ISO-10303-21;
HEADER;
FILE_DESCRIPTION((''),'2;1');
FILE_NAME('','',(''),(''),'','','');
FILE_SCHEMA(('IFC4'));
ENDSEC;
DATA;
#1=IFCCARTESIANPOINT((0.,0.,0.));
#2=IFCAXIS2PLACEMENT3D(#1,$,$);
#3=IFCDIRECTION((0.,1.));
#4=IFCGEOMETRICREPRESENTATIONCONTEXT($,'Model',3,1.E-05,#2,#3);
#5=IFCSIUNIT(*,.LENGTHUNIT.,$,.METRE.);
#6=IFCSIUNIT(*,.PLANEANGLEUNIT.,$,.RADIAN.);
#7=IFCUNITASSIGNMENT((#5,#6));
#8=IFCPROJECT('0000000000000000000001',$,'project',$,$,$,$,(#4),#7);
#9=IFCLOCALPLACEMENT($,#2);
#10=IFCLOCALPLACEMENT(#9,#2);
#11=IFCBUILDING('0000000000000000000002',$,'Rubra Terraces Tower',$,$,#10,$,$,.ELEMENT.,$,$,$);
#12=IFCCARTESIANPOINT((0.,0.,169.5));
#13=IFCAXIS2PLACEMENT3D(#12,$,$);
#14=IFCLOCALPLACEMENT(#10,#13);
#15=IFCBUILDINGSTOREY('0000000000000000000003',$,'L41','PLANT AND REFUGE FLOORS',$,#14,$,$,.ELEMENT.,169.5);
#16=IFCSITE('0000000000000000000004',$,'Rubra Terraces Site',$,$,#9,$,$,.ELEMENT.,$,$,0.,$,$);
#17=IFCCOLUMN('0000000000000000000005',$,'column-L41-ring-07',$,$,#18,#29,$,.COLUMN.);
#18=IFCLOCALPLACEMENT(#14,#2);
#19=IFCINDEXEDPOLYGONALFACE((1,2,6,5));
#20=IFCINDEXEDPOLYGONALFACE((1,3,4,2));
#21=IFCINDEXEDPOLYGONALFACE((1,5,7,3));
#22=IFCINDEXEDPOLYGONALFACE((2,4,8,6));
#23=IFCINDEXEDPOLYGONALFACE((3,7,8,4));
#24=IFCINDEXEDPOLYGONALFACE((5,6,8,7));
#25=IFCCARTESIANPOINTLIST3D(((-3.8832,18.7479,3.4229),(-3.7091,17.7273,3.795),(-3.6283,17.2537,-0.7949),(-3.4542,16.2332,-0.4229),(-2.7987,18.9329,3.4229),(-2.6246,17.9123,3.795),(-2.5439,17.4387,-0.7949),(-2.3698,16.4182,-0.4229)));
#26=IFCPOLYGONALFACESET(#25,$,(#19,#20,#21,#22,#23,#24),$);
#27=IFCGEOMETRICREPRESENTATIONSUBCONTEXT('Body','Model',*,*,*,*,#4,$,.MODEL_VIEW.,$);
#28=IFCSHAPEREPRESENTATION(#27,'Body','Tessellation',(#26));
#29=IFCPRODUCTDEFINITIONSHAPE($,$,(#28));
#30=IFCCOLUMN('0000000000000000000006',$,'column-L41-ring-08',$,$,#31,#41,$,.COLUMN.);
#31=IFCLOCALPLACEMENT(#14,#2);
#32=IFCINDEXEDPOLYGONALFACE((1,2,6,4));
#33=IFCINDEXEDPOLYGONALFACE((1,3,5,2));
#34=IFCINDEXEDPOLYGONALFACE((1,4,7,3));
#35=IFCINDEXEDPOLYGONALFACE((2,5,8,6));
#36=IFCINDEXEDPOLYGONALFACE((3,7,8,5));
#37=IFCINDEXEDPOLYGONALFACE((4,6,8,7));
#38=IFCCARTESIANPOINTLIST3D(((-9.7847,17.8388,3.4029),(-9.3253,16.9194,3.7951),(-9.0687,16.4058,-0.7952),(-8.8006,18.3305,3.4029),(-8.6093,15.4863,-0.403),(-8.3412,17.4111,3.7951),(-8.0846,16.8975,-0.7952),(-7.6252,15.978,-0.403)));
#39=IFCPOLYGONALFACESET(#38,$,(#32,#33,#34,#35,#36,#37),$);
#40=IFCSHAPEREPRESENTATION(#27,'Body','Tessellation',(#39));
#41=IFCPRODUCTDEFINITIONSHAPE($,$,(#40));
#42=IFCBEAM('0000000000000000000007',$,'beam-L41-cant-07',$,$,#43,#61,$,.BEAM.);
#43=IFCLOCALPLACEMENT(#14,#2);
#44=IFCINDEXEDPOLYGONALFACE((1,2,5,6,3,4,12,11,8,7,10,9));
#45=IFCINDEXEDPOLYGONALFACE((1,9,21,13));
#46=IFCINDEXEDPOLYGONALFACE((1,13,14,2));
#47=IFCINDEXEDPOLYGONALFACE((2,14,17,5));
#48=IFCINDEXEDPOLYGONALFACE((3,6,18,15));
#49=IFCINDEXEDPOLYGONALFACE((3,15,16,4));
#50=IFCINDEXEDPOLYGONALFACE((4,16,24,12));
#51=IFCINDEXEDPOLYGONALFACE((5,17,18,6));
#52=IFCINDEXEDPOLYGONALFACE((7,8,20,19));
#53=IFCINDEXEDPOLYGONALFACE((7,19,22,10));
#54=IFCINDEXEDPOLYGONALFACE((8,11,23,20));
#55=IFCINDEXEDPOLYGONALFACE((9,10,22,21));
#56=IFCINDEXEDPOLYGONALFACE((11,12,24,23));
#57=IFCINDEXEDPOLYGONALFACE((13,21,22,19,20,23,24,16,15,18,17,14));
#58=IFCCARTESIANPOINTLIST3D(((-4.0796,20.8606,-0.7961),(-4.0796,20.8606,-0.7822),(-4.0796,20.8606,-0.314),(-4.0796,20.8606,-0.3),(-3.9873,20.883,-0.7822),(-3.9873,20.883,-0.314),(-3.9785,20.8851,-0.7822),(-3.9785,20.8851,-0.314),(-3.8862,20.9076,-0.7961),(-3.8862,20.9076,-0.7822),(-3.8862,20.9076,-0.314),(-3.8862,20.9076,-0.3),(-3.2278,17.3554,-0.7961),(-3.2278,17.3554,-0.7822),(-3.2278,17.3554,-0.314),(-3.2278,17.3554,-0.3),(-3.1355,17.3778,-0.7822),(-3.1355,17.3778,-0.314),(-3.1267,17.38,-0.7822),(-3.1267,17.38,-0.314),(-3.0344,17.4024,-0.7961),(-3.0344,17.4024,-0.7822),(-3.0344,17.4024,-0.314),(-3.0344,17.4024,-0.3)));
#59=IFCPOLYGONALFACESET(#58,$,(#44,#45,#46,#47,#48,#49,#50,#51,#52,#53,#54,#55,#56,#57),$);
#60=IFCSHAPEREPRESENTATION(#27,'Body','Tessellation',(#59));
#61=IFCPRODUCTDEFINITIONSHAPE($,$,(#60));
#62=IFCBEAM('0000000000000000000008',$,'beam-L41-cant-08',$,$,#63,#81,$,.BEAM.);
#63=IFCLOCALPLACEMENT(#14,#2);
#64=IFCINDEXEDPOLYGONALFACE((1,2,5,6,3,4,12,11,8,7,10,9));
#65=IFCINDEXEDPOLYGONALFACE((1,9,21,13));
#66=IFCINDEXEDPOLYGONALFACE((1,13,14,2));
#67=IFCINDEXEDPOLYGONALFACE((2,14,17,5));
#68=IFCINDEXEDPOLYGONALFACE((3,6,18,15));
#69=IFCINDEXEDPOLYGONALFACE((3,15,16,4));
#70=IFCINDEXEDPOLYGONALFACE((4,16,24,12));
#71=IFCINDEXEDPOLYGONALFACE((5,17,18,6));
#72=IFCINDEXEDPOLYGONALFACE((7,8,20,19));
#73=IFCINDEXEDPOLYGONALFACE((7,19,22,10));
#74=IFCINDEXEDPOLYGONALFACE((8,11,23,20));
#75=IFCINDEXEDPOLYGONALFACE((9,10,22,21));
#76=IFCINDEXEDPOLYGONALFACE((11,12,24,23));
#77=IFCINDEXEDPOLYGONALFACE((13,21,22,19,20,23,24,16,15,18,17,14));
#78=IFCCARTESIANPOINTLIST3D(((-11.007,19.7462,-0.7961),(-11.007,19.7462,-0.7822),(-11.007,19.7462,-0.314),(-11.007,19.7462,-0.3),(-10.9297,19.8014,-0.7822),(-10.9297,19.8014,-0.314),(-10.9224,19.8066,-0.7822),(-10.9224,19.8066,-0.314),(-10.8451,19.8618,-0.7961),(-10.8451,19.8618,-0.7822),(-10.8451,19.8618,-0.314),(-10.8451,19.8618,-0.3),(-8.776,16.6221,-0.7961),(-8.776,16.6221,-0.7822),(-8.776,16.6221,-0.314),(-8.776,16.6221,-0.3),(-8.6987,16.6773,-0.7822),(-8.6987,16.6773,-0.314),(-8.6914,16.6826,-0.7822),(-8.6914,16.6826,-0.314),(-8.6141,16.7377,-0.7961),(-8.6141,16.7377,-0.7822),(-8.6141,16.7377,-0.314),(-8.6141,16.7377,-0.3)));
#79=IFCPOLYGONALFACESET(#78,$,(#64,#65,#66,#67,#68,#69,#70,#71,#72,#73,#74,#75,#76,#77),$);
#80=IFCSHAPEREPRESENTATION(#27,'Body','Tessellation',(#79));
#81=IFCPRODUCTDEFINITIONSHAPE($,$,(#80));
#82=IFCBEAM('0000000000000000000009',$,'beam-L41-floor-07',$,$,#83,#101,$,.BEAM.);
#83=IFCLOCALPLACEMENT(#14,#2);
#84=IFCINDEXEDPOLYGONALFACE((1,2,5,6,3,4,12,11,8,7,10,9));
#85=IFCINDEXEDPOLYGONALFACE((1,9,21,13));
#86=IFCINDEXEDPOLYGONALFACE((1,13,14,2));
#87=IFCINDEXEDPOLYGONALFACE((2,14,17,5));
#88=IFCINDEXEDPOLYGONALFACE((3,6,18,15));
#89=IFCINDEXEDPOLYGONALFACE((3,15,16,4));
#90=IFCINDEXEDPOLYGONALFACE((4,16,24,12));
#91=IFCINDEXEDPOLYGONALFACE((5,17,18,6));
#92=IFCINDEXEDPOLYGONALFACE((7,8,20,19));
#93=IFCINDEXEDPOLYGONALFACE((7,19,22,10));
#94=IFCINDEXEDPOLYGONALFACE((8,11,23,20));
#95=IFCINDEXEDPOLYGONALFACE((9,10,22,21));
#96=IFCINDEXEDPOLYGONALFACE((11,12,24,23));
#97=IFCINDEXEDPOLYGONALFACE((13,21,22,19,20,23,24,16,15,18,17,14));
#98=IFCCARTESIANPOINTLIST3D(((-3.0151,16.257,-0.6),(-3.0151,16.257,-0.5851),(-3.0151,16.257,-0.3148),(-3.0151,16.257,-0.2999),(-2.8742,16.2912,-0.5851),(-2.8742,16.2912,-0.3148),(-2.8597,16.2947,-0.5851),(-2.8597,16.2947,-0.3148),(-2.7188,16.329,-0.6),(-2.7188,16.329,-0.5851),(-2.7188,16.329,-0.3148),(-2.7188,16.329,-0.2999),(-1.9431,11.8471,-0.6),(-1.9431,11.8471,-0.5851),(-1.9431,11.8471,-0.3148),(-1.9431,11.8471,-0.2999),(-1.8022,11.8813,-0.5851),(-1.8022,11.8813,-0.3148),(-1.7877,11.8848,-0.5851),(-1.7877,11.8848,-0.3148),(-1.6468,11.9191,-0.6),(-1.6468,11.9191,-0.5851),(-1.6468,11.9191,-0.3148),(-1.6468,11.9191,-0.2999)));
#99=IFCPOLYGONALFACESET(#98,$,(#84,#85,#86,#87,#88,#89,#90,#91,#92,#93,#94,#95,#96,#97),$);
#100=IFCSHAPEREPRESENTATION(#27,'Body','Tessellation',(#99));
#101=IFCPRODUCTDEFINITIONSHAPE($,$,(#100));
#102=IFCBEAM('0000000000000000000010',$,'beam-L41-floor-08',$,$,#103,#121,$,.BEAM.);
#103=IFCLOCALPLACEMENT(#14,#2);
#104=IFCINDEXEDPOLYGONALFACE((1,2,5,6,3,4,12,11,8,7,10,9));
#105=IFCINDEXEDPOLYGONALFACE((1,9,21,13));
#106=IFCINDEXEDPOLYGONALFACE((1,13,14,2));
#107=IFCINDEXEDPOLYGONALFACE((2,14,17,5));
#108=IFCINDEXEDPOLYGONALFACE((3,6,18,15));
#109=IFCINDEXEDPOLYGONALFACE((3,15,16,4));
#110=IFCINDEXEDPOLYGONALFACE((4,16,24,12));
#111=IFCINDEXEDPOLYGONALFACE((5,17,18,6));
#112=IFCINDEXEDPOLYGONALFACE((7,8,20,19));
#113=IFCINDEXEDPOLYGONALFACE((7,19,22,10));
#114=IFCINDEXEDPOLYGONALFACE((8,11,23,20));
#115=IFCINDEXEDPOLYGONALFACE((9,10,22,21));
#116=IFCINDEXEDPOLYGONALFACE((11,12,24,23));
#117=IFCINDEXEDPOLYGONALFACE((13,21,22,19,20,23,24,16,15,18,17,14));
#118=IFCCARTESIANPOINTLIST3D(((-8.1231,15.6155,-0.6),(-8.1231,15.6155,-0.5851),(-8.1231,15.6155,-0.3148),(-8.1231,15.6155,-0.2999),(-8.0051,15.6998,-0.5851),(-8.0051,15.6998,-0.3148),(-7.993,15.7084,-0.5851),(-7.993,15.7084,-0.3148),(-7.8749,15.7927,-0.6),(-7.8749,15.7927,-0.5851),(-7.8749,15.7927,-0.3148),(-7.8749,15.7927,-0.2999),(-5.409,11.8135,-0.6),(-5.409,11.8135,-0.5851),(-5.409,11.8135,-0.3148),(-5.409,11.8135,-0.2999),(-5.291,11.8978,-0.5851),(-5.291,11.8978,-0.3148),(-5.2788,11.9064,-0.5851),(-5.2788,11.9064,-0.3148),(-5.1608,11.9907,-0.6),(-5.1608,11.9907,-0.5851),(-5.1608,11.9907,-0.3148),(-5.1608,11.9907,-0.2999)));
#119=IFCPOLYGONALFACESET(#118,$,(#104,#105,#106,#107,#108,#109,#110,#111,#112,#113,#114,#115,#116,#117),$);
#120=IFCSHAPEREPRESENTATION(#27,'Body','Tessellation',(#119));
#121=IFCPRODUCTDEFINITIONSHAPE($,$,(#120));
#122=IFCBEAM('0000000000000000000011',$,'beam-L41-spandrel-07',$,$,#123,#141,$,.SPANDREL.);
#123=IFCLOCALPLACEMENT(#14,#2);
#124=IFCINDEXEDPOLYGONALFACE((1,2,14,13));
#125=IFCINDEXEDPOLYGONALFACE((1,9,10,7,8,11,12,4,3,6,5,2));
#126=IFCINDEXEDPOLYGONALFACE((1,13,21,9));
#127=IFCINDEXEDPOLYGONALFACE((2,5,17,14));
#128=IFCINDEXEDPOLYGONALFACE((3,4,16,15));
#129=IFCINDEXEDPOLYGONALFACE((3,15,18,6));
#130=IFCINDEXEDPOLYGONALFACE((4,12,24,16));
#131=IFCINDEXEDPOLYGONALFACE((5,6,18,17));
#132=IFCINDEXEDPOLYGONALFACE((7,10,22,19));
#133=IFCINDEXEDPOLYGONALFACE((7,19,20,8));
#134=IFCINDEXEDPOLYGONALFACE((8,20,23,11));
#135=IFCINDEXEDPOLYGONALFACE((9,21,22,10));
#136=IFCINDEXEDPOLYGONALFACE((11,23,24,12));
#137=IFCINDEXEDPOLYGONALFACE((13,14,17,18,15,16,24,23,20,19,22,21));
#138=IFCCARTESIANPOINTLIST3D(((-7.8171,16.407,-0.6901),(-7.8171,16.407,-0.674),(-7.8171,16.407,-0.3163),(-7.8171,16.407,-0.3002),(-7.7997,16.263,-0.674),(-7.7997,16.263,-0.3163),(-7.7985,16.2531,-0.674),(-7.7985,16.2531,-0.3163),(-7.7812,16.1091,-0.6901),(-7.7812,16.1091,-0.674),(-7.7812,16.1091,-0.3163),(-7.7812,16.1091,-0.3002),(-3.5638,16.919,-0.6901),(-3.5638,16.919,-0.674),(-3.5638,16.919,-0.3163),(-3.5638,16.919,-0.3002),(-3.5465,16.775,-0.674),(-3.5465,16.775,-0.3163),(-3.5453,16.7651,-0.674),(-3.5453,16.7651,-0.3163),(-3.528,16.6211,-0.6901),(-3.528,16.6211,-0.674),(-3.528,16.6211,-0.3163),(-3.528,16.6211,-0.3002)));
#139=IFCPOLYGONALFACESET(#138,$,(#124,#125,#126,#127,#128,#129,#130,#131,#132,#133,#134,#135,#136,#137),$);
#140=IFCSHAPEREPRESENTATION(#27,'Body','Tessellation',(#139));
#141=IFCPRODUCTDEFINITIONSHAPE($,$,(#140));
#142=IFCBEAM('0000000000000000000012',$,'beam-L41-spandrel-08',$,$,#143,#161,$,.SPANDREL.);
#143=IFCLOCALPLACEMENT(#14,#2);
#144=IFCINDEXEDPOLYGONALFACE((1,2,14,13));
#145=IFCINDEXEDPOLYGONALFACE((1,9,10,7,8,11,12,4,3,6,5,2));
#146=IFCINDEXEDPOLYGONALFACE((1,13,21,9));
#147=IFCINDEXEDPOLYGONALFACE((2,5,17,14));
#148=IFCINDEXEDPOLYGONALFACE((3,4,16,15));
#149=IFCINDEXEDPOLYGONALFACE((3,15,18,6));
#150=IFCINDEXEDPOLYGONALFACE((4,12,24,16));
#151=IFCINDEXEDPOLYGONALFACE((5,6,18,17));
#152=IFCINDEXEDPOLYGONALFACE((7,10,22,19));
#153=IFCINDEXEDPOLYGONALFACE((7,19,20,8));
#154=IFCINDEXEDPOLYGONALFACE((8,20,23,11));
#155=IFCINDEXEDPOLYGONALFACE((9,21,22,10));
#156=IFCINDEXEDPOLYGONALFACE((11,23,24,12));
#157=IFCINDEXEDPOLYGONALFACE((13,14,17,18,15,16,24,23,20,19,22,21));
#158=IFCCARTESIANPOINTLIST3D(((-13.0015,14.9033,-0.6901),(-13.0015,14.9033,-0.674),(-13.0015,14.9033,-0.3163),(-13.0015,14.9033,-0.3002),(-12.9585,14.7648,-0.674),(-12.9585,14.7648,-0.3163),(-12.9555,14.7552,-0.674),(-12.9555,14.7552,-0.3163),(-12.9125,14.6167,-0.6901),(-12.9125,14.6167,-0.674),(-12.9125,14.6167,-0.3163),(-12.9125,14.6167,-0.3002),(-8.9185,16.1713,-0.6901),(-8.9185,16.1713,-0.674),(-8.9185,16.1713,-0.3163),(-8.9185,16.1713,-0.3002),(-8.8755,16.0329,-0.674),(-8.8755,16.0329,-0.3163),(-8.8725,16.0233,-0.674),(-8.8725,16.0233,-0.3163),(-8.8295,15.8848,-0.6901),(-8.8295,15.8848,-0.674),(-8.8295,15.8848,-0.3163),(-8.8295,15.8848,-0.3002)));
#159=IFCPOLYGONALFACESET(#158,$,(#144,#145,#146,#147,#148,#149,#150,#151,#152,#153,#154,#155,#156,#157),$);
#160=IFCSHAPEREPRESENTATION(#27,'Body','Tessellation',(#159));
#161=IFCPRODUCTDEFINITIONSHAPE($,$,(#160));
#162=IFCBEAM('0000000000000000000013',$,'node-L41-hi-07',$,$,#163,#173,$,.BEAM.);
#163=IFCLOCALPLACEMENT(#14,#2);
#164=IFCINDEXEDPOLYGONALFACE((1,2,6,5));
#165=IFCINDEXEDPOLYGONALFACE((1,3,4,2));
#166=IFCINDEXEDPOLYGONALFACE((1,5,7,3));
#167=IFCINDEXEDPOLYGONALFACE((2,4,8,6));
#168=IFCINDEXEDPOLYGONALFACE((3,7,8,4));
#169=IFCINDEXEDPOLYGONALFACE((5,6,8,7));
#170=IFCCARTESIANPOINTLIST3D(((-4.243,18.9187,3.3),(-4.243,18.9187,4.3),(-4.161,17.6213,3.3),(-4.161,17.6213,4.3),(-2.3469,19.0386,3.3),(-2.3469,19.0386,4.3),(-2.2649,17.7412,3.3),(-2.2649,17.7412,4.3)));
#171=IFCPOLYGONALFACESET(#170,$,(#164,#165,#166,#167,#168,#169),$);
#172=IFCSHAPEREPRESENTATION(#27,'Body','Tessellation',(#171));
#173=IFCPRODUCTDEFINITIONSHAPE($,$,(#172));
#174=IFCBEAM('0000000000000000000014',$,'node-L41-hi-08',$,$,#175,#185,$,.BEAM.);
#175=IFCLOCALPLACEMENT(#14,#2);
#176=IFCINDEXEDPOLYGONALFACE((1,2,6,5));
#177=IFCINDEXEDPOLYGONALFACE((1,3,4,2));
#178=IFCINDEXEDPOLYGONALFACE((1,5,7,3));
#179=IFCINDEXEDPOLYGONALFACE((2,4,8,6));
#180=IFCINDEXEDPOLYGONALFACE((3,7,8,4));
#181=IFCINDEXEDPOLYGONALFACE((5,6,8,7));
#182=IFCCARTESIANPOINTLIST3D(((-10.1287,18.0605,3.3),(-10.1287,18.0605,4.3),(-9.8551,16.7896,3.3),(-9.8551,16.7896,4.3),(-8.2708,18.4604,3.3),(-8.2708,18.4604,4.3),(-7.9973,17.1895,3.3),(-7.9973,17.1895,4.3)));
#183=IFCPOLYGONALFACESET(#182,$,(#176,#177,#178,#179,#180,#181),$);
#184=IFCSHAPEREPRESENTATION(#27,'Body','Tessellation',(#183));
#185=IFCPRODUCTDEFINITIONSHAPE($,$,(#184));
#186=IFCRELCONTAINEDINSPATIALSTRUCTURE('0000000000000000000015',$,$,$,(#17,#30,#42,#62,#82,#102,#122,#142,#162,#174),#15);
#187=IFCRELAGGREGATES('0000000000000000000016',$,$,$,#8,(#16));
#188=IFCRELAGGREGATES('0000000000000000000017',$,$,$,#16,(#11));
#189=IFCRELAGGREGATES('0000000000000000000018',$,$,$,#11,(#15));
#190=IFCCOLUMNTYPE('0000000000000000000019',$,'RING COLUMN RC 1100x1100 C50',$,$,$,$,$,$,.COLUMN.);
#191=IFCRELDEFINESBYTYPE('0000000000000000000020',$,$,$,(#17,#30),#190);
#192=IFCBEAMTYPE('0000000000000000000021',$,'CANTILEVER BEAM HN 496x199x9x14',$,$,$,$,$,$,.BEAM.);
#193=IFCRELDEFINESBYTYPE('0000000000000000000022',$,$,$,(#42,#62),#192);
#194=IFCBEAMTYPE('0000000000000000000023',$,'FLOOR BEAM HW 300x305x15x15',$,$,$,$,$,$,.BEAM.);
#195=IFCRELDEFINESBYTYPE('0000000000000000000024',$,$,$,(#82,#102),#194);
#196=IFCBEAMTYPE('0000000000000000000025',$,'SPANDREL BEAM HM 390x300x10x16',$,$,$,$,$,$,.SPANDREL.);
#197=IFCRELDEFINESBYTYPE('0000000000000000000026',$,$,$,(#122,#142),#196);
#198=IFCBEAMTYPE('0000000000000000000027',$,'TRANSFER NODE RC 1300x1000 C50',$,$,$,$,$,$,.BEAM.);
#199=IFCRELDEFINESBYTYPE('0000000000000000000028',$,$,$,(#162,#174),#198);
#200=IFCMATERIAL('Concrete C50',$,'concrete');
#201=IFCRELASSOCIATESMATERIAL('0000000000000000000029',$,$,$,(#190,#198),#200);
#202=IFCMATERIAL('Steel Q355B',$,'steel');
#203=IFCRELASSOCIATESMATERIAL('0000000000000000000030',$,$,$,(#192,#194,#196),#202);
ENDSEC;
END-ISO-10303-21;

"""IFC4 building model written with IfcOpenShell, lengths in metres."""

from ifc_helpers import new_model, si_unit, direction, frame, origin, origin_2d, place, context, subcontext, project, spatial, rectangle, i_section, extrude, material, material_profile, profile_set, type_object, element, save


model = new_model("IFC4")

# Units and contexts
model_context = context("Model", 3, precision=1e-05, world=origin(), true_north=direction((0.0, 1.0)))
body_context = subcontext(model_context, "Body", "Model", "MODEL_VIEW")
ifc_project = project(units=[si_unit("LENGTHUNIT", "METRE"), si_unit("PLANEANGLEUNIT", "RADIAN")], contexts=[model_context])

# Site, building, storey
site_placement = place(None, origin())
site = spatial("IfcSite", under=ifc_project, at=site_placement, Name="Rubra Terraces Site", CompositionType="ELEMENT", RefElevation=0.0)
building_placement = place(site_placement, origin())
building = spatial("IfcBuilding", under=site, at=building_placement, Name="Rubra Terraces Tower", CompositionType="ELEMENT")
storey_placement = place(building_placement, frame((0.0, 0.0, 169.5)))
storey = spatial("IfcBuildingStorey", under=building, at=storey_placement, Name="L41", Description="PLANT AND REFUGE FLOORS", CompositionType="ELEMENT", Elevation=169.5)

# Columns
ifc_material_1 = material(Name="Concrete C50", Category="concrete")
ifc_material_profile_1 = material_profile(ifc_material_1, rectangle(XDim=1.1001, YDim=1.1001, at=origin_2d()), Name="RC 1100x1100")
ifc_profile_set_1 = profile_set([ifc_material_profile_1], Name="Concrete C50")
column_type = type_object("IfcColumnType", Name="RING COLUMN RC 1100x1100 C50", PredefinedType="COLUMN", material=ifc_profile_set_1)
column_1_placement = place(storey_placement, frame((-2.999, 16.8359, -0.6089), z_axis=(-0.05687, 0.333375, 0.941077), x_axis=(-0.98576, -0.168159, 0.0)))
element("IfcColumn", 1, at=column_1_placement, inside=storey, type_object=column_type, Name="column-L41-ring-07", PredefinedType="COLUMN", context=body_context, shape_type="SweptSolid", body=[
    extrude(rectangle(XDim=1.1001, YDim=1.1001, at=origin_2d()), origin(), (0.0, 0.0, 1.0), 4.4819),
])
column_2_placement = place(storey_placement, frame((-8.3469, 16.1919, -0.5991), z_axis=(-0.159355, 0.318927, 0.934287), x_axis=(-0.894549, -0.44697, 0.0)))
element("IfcColumn", 2, at=column_2_placement, inside=storey, type_object=column_type, Name="column-L41-ring-08", PredefinedType="COLUMN", context=body_context, shape_type="SweptSolid", body=[
    extrude(rectangle(XDim=1.1001, YDim=1.1001, at=origin_2d()), origin(), (0.0, 0.0, 1.0), 4.4934),
])

# Beams
ifc_material_2 = material(Name="Steel Q355B", Category="steel")
ifc_material_profile_2 = material_profile(ifc_material_2, i_section(OverallWidth=0.199, OverallDepth=0.4961, WebThickness=0.009, FlangeThickness=0.0139, at=origin_2d()), Name="HN 496x199x9x14")
ifc_profile_set_2 = profile_set([ifc_material_profile_2], Name="Steel Q355B")
beam_type_1 = type_object("IfcBeamType", Name="CANTILEVER BEAM HN 496x199x9x14", PredefinedType="BEAM", material=ifc_profile_set_2)
beam_1_placement = place(storey_placement, frame((-3.1311, 17.3789, -0.5481), z_axis=(-0.236144, 0.971718, 0.0), x_axis=(-0.971718, -0.236144, 0.0)))
element("IfcBeam", 3, at=beam_1_placement, inside=storey, type_object=beam_type_1, Name="beam-L41-cant-07", PredefinedType="BEAM", context=body_context, shape_type="SweptSolid", body=[
    extrude(i_section(OverallWidth=0.199, OverallDepth=0.4961, WebThickness=0.009, FlangeThickness=0.0139, at=origin_2d()), origin(), (0.0, 0.0, 1.0), 3.6072),
])
beam_2_placement = place(storey_placement, frame((-8.6951, 16.6799, -0.5481), z_axis=(-0.581154, 0.813794, 0.0), x_axis=(-0.813794, -0.581154, 0.0)))
element("IfcBeam", 4, at=beam_2_placement, inside=storey, type_object=beam_type_1, Name="beam-L41-cant-08", PredefinedType="BEAM", context=body_context, shape_type="SweptSolid", body=[
    extrude(i_section(OverallWidth=0.199, OverallDepth=0.4961, WebThickness=0.009, FlangeThickness=0.0139, at=origin_2d()), origin(), (0.0, 0.0, 1.0), 3.8389),
])
ifc_material_profile_3 = material_profile(ifc_material_2, i_section(OverallWidth=0.3049, OverallDepth=0.3, WebThickness=0.0149, FlangeThickness=0.0149, at=origin_2d()), Name="HW 300x305x15x15")
ifc_profile_set_3 = profile_set([ifc_material_profile_3], Name="Steel Q355B")
beam_type_2 = type_object("IfcBeamType", Name="FLOOR BEAM HW 300x305x15x15", PredefinedType="BEAM", material=ifc_profile_set_3)
beam_3_placement = place(storey_placement, frame((-2.8669, 16.293, -0.45), z_axis=(0.236214, -0.971701, 0.0), x_axis=(0.971701, 0.236214, 0.0)))
element("IfcBeam", 5, at=beam_3_placement, inside=storey, type_object=beam_type_2, Name="beam-L41-floor-07", PredefinedType="BEAM", context=body_context, shape_type="SweptSolid", body=[
    extrude(i_section(OverallWidth=0.3049, OverallDepth=0.3, WebThickness=0.0149, FlangeThickness=0.0149, at=origin_2d()), origin(), (0.0, 0.0, 1.0), 4.5383),
])
beam_4_placement = place(storey_placement, frame((-7.999, 15.7041, -0.45), z_axis=(0.581011, -0.813896, 0.0), x_axis=(0.813896, 0.581011, 0.0)))
element("IfcBeam", 6, at=beam_4_placement, inside=storey, type_object=beam_type_2, Name="beam-L41-floor-08", PredefinedType="BEAM", context=body_context, shape_type="SweptSolid", body=[
    extrude(i_section(OverallWidth=0.3049, OverallDepth=0.3, WebThickness=0.0149, FlangeThickness=0.0149, at=origin_2d()), origin(), (0.0, 0.0, 1.0), 4.6714),
])
ifc_material_profile_4 = material_profile(ifc_material_2, i_section(OverallWidth=0.3, OverallDepth=0.3899, WebThickness=0.01, FlangeThickness=0.0161, at=origin_2d()), Name="HM 390x300x10x16")
ifc_profile_set_4 = profile_set([ifc_material_profile_4], Name="Steel Q355B")
beam_type_3 = type_object("IfcBeamType", Name="SPANDREL BEAM HM 390x300x10x16", PredefinedType="SPANDREL", material=ifc_profile_set_4)
beam_5_placement = place(storey_placement, frame((-3.5459, 16.77, -0.4951), z_axis=(-0.992833, -0.119509, 0.0), x_axis=(0.119509, -0.992833, 0.0)))
element("IfcBeam", 7, at=beam_5_placement, inside=storey, type_object=beam_type_3, Name="beam-L41-spandrel-07", PredefinedType="SPANDREL", context=body_context, shape_type="SweptSolid", body=[
    extrude(i_section(OverallWidth=0.3, OverallDepth=0.3899, WebThickness=0.01, FlangeThickness=0.0161, at=origin_2d()), origin(), (0.0, 0.0, 1.0), 4.2839),
])
beam_6_placement = place(storey_placement, frame((-8.874, 16.0281, -0.4951), z_axis=(-0.955003, -0.296597, 0.0), x_axis=(0.296597, -0.955003, 0.0)))
element("IfcBeam", 8, at=beam_6_placement, inside=storey, type_object=beam_type_3, Name="beam-L41-spandrel-08", PredefinedType="SPANDREL", context=body_context, shape_type="SweptSolid", body=[
    extrude(i_section(OverallWidth=0.3, OverallDepth=0.3899, WebThickness=0.01, FlangeThickness=0.0161, at=origin_2d()), origin(), (0.0, 0.0, 1.0), 4.2754),
])
ifc_material_profile_5 = material_profile(ifc_material_1, rectangle(XDim=1.3, YDim=1.0, at=origin_2d()), Name="RC 1300x1000")
ifc_profile_set_5 = profile_set([ifc_material_profile_5], Name="Concrete C50")
beam_type_4 = type_object("IfcBeamType", Name="TRANSFER NODE RC 1300x1000 C50", PredefinedType="BEAM", material=ifc_profile_set_5)
beam_7_placement = place(storey_placement, frame((-2.3059, 18.3899, 3.8), z_axis=(-0.998007, -0.063098, 0.0), x_axis=(0.063098, -0.998007, 0.0)))
element("IfcBeam", 9, at=beam_7_placement, inside=storey, type_object=beam_type_4, Name="node-L41-hi-07", PredefinedType="BEAM", context=body_context, shape_type="SweptSolid", body=[
    extrude(rectangle(XDim=1.3, YDim=1.0, at=origin_2d()), origin(), (0.0, 0.0, 1.0), 1.8999),
])
beam_8_placement = place(storey_placement, frame((-8.134, 17.825, 3.8), z_axis=(-0.97761, -0.210424, 0.0), x_axis=(0.210424, -0.97761, 0.0)))
element("IfcBeam", 10, at=beam_8_placement, inside=storey, type_object=beam_type_4, Name="node-L41-hi-08", PredefinedType="BEAM", context=body_context, shape_type="SweptSolid", body=[
    extrude(rectangle(XDim=1.3, YDim=1.0, at=origin_2d()), origin(), (0.0, 0.0, 1.0), 1.9004),
])

save(model, "model.ifc")
